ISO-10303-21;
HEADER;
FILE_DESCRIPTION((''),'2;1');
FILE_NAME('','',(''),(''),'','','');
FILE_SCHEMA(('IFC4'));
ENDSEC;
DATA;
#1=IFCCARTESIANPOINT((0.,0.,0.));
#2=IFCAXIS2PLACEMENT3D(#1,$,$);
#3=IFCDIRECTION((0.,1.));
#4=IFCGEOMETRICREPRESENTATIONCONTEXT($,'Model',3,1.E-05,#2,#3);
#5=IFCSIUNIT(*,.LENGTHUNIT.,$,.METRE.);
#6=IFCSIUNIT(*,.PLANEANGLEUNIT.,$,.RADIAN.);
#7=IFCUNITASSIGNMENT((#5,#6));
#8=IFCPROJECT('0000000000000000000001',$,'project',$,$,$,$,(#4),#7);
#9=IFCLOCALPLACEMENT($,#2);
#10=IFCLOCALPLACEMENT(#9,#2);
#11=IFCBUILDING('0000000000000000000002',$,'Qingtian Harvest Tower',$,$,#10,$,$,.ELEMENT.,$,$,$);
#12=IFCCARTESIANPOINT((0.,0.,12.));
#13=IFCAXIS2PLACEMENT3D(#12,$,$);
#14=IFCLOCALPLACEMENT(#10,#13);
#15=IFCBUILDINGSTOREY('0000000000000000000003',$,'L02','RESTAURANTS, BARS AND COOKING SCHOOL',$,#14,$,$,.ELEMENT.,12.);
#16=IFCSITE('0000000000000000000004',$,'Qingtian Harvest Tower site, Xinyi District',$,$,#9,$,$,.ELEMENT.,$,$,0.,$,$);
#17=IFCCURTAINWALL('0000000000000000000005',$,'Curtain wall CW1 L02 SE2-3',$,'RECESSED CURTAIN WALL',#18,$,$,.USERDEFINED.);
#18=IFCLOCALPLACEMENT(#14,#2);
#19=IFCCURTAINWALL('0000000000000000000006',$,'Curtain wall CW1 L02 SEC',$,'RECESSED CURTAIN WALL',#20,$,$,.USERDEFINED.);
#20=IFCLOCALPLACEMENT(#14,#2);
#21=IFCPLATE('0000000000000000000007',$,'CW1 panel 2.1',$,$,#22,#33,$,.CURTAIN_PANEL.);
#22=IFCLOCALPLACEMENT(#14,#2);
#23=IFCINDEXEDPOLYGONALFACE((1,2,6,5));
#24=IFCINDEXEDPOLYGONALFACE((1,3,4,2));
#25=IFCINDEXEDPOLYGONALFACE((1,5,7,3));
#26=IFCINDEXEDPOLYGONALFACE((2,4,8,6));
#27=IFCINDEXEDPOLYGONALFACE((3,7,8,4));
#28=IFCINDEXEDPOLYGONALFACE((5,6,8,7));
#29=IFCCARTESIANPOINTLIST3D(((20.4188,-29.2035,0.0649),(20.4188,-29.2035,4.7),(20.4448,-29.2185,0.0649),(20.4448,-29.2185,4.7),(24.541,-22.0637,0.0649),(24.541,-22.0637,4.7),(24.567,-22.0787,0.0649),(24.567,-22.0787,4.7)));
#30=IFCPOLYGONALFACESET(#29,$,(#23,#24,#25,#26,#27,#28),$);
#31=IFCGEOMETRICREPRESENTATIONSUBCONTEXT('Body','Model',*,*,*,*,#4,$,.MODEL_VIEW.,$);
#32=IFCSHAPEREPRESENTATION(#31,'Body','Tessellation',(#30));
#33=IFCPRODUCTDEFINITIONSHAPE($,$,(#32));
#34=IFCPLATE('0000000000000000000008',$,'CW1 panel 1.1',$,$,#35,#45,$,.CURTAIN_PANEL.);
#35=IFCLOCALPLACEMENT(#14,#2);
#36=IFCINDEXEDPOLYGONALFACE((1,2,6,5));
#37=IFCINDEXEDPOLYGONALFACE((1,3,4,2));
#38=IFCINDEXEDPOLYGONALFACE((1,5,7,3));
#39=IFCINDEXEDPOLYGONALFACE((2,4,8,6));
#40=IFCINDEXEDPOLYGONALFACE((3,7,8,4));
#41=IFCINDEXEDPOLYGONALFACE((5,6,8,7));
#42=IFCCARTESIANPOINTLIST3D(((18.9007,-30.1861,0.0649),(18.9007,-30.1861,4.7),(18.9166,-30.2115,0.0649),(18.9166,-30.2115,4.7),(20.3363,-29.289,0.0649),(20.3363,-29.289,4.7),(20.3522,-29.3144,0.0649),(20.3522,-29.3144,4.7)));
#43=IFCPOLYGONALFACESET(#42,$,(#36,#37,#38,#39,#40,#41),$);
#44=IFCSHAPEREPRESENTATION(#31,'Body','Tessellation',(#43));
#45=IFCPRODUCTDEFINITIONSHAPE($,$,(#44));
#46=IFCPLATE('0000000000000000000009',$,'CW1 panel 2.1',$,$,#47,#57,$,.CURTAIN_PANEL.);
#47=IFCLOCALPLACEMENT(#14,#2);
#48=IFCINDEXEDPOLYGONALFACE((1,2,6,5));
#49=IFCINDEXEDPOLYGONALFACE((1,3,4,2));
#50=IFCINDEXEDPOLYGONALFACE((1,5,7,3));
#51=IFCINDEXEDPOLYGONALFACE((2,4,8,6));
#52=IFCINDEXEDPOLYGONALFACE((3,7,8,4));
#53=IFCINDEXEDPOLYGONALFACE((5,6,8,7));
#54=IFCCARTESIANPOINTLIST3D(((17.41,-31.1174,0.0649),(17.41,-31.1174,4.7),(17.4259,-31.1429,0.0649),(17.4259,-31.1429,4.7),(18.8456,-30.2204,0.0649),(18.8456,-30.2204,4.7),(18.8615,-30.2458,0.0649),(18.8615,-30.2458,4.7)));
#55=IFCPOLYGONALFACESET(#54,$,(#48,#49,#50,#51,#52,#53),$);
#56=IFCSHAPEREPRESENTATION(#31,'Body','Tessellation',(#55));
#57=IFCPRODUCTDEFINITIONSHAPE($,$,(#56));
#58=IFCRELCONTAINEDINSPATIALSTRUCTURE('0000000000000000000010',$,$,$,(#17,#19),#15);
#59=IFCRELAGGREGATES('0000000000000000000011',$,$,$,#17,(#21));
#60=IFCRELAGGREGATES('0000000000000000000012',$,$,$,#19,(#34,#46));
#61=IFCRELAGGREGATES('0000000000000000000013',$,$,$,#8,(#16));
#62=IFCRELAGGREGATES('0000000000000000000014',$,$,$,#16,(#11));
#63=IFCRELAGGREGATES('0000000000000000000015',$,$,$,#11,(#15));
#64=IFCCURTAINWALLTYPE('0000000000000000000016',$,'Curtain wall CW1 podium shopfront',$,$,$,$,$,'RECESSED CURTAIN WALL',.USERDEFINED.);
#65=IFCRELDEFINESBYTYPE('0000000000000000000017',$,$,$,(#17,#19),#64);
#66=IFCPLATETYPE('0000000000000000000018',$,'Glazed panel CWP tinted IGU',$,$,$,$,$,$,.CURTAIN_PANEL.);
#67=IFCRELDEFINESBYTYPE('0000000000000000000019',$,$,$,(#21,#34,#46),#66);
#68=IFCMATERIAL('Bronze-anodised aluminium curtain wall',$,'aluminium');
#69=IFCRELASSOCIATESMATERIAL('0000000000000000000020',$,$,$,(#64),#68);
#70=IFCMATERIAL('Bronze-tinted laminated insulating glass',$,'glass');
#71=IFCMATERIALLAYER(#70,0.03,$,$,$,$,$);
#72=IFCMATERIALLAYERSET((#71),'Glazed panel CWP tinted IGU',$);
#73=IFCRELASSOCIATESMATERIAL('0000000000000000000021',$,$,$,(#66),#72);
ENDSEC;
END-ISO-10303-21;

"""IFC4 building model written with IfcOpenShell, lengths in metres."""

from ifc_helpers import new_model, si_unit, direction, frame, origin, origin_2d, place, context, subcontext, project, spatial, rectangle, extrude, material, layer, layer_set, type_object, element, aggregate, save


model = new_model("IFC4")

# Units and contexts
model_context = context("Model", 3, precision=1e-05, world=origin(), true_north=direction((0.0, 1.0)))
body_context = subcontext(model_context, "Body", "Model", "MODEL_VIEW")
ifc_project = project(units=[si_unit("LENGTHUNIT", "METRE"), si_unit("PLANEANGLEUNIT", "RADIAN")], contexts=[model_context])

# Site, building, storey
site_placement = place(None, origin())
site = spatial("IfcSite", under=ifc_project, at=site_placement, Name="Qingtian Harvest Tower site, Xinyi District", CompositionType="ELEMENT", RefElevation=0.0)
building_placement = place(site_placement, origin())
building = spatial("IfcBuilding", under=site, at=building_placement, Name="Qingtian Harvest Tower", CompositionType="ELEMENT")
storey_placement = place(building_placement, frame((0.0, 0.0, 12.0)))
storey = spatial("IfcBuildingStorey", under=building, at=storey_placement, Name="L02", Description="RESTAURANTS, BARS AND COOKING SCHOOL", CompositionType="ELEMENT", Elevation=12.0)

# Curtain walls
ifc_material_1 = material(Name="Bronze-anodised aluminium curtain wall", Category="aluminium")
curtain_wall_type = type_object("IfcCurtainWallType", Name="Curtain wall CW1 podium shopfront", ElementType="RECESSED CURTAIN WALL", PredefinedType="USERDEFINED", material=ifc_material_1)
curtain_wall_1_placement = place(storey_placement, origin())
curtain_wall_1 = element("IfcCurtainWall", 1, at=curtain_wall_1_placement, inside=storey, type_object=curtain_wall_type, Name="Curtain wall CW1 L02 SE2-3", ObjectType="RECESSED CURTAIN WALL", PredefinedType="USERDEFINED")
curtain_wall_2_placement = place(storey_placement, origin())
curtain_wall_2 = element("IfcCurtainWall", 2, at=curtain_wall_2_placement, inside=storey, type_object=curtain_wall_type, Name="Curtain wall CW1 L02 SEC", ObjectType="RECESSED CURTAIN WALL", PredefinedType="USERDEFINED")

# Plates
ifc_material_2 = material(Name="Bronze-tinted laminated insulating glass", Category="glass")
ifc_layer = layer(ifc_material_2, 0.03)
ifc_layer_set = layer_set([ifc_layer], Name="Glazed panel CWP tinted IGU")
plate_type = type_object("IfcPlateType", Name="Glazed panel CWP tinted IGU", PredefinedType="CURTAIN_PANEL", material=ifc_layer_set)
plate_1_placement = place(storey_placement, frame((22.4929, -25.6411, 0.0649), z_axis=(0.0, 0.0, 1.0), x_axis=(-0.5, -0.866025, 0.0)))
plate_1 = element("IfcPlate", 3, at=plate_1_placement, type_object=plate_type, Name="CW1 panel 2.1", PredefinedType="CURTAIN_PANEL", context=body_context, shape_type="SweptSolid", body=[
    extrude(rectangle(XDim=8.2444, YDim=0.03, at=origin_2d()), origin(), (0.0, 0.0, 1.0), 4.635),
])
aggregate(curtain_wall_1, [plate_1])
plate_2_placement = place(storey_placement, frame((19.6265, -29.7502, 0.0649), z_axis=(0.0, 0.0, 1.0), x_axis=(-0.848048, -0.529919, 0.0)))
plate_2 = element("IfcPlate", 4, at=plate_2_placement, type_object=plate_type, Name="CW1 panel 1.1", PredefinedType="CURTAIN_PANEL", context=body_context, shape_type="SweptSolid", body=[
    extrude(rectangle(XDim=1.6929, YDim=0.03, at=origin_2d()), origin(), (0.0, 0.0, 1.0), 4.635),
])
plate_3_placement = place(storey_placement, frame((18.1357, -30.6816, 0.0649), z_axis=(0.0, 0.0, 1.0), x_axis=(-0.848048, -0.529919, 0.0)))
plate_3 = element("IfcPlate", 5, at=plate_3_placement, type_object=plate_type, Name="CW1 panel 2.1", PredefinedType="CURTAIN_PANEL", context=body_context, shape_type="SweptSolid", body=[
    extrude(rectangle(XDim=1.6929, YDim=0.03, at=origin_2d()), origin(), (0.0, 0.0, 1.0), 4.635),
])
aggregate(curtain_wall_2, [plate_2, plate_3])

save(model, "model.ifc")
